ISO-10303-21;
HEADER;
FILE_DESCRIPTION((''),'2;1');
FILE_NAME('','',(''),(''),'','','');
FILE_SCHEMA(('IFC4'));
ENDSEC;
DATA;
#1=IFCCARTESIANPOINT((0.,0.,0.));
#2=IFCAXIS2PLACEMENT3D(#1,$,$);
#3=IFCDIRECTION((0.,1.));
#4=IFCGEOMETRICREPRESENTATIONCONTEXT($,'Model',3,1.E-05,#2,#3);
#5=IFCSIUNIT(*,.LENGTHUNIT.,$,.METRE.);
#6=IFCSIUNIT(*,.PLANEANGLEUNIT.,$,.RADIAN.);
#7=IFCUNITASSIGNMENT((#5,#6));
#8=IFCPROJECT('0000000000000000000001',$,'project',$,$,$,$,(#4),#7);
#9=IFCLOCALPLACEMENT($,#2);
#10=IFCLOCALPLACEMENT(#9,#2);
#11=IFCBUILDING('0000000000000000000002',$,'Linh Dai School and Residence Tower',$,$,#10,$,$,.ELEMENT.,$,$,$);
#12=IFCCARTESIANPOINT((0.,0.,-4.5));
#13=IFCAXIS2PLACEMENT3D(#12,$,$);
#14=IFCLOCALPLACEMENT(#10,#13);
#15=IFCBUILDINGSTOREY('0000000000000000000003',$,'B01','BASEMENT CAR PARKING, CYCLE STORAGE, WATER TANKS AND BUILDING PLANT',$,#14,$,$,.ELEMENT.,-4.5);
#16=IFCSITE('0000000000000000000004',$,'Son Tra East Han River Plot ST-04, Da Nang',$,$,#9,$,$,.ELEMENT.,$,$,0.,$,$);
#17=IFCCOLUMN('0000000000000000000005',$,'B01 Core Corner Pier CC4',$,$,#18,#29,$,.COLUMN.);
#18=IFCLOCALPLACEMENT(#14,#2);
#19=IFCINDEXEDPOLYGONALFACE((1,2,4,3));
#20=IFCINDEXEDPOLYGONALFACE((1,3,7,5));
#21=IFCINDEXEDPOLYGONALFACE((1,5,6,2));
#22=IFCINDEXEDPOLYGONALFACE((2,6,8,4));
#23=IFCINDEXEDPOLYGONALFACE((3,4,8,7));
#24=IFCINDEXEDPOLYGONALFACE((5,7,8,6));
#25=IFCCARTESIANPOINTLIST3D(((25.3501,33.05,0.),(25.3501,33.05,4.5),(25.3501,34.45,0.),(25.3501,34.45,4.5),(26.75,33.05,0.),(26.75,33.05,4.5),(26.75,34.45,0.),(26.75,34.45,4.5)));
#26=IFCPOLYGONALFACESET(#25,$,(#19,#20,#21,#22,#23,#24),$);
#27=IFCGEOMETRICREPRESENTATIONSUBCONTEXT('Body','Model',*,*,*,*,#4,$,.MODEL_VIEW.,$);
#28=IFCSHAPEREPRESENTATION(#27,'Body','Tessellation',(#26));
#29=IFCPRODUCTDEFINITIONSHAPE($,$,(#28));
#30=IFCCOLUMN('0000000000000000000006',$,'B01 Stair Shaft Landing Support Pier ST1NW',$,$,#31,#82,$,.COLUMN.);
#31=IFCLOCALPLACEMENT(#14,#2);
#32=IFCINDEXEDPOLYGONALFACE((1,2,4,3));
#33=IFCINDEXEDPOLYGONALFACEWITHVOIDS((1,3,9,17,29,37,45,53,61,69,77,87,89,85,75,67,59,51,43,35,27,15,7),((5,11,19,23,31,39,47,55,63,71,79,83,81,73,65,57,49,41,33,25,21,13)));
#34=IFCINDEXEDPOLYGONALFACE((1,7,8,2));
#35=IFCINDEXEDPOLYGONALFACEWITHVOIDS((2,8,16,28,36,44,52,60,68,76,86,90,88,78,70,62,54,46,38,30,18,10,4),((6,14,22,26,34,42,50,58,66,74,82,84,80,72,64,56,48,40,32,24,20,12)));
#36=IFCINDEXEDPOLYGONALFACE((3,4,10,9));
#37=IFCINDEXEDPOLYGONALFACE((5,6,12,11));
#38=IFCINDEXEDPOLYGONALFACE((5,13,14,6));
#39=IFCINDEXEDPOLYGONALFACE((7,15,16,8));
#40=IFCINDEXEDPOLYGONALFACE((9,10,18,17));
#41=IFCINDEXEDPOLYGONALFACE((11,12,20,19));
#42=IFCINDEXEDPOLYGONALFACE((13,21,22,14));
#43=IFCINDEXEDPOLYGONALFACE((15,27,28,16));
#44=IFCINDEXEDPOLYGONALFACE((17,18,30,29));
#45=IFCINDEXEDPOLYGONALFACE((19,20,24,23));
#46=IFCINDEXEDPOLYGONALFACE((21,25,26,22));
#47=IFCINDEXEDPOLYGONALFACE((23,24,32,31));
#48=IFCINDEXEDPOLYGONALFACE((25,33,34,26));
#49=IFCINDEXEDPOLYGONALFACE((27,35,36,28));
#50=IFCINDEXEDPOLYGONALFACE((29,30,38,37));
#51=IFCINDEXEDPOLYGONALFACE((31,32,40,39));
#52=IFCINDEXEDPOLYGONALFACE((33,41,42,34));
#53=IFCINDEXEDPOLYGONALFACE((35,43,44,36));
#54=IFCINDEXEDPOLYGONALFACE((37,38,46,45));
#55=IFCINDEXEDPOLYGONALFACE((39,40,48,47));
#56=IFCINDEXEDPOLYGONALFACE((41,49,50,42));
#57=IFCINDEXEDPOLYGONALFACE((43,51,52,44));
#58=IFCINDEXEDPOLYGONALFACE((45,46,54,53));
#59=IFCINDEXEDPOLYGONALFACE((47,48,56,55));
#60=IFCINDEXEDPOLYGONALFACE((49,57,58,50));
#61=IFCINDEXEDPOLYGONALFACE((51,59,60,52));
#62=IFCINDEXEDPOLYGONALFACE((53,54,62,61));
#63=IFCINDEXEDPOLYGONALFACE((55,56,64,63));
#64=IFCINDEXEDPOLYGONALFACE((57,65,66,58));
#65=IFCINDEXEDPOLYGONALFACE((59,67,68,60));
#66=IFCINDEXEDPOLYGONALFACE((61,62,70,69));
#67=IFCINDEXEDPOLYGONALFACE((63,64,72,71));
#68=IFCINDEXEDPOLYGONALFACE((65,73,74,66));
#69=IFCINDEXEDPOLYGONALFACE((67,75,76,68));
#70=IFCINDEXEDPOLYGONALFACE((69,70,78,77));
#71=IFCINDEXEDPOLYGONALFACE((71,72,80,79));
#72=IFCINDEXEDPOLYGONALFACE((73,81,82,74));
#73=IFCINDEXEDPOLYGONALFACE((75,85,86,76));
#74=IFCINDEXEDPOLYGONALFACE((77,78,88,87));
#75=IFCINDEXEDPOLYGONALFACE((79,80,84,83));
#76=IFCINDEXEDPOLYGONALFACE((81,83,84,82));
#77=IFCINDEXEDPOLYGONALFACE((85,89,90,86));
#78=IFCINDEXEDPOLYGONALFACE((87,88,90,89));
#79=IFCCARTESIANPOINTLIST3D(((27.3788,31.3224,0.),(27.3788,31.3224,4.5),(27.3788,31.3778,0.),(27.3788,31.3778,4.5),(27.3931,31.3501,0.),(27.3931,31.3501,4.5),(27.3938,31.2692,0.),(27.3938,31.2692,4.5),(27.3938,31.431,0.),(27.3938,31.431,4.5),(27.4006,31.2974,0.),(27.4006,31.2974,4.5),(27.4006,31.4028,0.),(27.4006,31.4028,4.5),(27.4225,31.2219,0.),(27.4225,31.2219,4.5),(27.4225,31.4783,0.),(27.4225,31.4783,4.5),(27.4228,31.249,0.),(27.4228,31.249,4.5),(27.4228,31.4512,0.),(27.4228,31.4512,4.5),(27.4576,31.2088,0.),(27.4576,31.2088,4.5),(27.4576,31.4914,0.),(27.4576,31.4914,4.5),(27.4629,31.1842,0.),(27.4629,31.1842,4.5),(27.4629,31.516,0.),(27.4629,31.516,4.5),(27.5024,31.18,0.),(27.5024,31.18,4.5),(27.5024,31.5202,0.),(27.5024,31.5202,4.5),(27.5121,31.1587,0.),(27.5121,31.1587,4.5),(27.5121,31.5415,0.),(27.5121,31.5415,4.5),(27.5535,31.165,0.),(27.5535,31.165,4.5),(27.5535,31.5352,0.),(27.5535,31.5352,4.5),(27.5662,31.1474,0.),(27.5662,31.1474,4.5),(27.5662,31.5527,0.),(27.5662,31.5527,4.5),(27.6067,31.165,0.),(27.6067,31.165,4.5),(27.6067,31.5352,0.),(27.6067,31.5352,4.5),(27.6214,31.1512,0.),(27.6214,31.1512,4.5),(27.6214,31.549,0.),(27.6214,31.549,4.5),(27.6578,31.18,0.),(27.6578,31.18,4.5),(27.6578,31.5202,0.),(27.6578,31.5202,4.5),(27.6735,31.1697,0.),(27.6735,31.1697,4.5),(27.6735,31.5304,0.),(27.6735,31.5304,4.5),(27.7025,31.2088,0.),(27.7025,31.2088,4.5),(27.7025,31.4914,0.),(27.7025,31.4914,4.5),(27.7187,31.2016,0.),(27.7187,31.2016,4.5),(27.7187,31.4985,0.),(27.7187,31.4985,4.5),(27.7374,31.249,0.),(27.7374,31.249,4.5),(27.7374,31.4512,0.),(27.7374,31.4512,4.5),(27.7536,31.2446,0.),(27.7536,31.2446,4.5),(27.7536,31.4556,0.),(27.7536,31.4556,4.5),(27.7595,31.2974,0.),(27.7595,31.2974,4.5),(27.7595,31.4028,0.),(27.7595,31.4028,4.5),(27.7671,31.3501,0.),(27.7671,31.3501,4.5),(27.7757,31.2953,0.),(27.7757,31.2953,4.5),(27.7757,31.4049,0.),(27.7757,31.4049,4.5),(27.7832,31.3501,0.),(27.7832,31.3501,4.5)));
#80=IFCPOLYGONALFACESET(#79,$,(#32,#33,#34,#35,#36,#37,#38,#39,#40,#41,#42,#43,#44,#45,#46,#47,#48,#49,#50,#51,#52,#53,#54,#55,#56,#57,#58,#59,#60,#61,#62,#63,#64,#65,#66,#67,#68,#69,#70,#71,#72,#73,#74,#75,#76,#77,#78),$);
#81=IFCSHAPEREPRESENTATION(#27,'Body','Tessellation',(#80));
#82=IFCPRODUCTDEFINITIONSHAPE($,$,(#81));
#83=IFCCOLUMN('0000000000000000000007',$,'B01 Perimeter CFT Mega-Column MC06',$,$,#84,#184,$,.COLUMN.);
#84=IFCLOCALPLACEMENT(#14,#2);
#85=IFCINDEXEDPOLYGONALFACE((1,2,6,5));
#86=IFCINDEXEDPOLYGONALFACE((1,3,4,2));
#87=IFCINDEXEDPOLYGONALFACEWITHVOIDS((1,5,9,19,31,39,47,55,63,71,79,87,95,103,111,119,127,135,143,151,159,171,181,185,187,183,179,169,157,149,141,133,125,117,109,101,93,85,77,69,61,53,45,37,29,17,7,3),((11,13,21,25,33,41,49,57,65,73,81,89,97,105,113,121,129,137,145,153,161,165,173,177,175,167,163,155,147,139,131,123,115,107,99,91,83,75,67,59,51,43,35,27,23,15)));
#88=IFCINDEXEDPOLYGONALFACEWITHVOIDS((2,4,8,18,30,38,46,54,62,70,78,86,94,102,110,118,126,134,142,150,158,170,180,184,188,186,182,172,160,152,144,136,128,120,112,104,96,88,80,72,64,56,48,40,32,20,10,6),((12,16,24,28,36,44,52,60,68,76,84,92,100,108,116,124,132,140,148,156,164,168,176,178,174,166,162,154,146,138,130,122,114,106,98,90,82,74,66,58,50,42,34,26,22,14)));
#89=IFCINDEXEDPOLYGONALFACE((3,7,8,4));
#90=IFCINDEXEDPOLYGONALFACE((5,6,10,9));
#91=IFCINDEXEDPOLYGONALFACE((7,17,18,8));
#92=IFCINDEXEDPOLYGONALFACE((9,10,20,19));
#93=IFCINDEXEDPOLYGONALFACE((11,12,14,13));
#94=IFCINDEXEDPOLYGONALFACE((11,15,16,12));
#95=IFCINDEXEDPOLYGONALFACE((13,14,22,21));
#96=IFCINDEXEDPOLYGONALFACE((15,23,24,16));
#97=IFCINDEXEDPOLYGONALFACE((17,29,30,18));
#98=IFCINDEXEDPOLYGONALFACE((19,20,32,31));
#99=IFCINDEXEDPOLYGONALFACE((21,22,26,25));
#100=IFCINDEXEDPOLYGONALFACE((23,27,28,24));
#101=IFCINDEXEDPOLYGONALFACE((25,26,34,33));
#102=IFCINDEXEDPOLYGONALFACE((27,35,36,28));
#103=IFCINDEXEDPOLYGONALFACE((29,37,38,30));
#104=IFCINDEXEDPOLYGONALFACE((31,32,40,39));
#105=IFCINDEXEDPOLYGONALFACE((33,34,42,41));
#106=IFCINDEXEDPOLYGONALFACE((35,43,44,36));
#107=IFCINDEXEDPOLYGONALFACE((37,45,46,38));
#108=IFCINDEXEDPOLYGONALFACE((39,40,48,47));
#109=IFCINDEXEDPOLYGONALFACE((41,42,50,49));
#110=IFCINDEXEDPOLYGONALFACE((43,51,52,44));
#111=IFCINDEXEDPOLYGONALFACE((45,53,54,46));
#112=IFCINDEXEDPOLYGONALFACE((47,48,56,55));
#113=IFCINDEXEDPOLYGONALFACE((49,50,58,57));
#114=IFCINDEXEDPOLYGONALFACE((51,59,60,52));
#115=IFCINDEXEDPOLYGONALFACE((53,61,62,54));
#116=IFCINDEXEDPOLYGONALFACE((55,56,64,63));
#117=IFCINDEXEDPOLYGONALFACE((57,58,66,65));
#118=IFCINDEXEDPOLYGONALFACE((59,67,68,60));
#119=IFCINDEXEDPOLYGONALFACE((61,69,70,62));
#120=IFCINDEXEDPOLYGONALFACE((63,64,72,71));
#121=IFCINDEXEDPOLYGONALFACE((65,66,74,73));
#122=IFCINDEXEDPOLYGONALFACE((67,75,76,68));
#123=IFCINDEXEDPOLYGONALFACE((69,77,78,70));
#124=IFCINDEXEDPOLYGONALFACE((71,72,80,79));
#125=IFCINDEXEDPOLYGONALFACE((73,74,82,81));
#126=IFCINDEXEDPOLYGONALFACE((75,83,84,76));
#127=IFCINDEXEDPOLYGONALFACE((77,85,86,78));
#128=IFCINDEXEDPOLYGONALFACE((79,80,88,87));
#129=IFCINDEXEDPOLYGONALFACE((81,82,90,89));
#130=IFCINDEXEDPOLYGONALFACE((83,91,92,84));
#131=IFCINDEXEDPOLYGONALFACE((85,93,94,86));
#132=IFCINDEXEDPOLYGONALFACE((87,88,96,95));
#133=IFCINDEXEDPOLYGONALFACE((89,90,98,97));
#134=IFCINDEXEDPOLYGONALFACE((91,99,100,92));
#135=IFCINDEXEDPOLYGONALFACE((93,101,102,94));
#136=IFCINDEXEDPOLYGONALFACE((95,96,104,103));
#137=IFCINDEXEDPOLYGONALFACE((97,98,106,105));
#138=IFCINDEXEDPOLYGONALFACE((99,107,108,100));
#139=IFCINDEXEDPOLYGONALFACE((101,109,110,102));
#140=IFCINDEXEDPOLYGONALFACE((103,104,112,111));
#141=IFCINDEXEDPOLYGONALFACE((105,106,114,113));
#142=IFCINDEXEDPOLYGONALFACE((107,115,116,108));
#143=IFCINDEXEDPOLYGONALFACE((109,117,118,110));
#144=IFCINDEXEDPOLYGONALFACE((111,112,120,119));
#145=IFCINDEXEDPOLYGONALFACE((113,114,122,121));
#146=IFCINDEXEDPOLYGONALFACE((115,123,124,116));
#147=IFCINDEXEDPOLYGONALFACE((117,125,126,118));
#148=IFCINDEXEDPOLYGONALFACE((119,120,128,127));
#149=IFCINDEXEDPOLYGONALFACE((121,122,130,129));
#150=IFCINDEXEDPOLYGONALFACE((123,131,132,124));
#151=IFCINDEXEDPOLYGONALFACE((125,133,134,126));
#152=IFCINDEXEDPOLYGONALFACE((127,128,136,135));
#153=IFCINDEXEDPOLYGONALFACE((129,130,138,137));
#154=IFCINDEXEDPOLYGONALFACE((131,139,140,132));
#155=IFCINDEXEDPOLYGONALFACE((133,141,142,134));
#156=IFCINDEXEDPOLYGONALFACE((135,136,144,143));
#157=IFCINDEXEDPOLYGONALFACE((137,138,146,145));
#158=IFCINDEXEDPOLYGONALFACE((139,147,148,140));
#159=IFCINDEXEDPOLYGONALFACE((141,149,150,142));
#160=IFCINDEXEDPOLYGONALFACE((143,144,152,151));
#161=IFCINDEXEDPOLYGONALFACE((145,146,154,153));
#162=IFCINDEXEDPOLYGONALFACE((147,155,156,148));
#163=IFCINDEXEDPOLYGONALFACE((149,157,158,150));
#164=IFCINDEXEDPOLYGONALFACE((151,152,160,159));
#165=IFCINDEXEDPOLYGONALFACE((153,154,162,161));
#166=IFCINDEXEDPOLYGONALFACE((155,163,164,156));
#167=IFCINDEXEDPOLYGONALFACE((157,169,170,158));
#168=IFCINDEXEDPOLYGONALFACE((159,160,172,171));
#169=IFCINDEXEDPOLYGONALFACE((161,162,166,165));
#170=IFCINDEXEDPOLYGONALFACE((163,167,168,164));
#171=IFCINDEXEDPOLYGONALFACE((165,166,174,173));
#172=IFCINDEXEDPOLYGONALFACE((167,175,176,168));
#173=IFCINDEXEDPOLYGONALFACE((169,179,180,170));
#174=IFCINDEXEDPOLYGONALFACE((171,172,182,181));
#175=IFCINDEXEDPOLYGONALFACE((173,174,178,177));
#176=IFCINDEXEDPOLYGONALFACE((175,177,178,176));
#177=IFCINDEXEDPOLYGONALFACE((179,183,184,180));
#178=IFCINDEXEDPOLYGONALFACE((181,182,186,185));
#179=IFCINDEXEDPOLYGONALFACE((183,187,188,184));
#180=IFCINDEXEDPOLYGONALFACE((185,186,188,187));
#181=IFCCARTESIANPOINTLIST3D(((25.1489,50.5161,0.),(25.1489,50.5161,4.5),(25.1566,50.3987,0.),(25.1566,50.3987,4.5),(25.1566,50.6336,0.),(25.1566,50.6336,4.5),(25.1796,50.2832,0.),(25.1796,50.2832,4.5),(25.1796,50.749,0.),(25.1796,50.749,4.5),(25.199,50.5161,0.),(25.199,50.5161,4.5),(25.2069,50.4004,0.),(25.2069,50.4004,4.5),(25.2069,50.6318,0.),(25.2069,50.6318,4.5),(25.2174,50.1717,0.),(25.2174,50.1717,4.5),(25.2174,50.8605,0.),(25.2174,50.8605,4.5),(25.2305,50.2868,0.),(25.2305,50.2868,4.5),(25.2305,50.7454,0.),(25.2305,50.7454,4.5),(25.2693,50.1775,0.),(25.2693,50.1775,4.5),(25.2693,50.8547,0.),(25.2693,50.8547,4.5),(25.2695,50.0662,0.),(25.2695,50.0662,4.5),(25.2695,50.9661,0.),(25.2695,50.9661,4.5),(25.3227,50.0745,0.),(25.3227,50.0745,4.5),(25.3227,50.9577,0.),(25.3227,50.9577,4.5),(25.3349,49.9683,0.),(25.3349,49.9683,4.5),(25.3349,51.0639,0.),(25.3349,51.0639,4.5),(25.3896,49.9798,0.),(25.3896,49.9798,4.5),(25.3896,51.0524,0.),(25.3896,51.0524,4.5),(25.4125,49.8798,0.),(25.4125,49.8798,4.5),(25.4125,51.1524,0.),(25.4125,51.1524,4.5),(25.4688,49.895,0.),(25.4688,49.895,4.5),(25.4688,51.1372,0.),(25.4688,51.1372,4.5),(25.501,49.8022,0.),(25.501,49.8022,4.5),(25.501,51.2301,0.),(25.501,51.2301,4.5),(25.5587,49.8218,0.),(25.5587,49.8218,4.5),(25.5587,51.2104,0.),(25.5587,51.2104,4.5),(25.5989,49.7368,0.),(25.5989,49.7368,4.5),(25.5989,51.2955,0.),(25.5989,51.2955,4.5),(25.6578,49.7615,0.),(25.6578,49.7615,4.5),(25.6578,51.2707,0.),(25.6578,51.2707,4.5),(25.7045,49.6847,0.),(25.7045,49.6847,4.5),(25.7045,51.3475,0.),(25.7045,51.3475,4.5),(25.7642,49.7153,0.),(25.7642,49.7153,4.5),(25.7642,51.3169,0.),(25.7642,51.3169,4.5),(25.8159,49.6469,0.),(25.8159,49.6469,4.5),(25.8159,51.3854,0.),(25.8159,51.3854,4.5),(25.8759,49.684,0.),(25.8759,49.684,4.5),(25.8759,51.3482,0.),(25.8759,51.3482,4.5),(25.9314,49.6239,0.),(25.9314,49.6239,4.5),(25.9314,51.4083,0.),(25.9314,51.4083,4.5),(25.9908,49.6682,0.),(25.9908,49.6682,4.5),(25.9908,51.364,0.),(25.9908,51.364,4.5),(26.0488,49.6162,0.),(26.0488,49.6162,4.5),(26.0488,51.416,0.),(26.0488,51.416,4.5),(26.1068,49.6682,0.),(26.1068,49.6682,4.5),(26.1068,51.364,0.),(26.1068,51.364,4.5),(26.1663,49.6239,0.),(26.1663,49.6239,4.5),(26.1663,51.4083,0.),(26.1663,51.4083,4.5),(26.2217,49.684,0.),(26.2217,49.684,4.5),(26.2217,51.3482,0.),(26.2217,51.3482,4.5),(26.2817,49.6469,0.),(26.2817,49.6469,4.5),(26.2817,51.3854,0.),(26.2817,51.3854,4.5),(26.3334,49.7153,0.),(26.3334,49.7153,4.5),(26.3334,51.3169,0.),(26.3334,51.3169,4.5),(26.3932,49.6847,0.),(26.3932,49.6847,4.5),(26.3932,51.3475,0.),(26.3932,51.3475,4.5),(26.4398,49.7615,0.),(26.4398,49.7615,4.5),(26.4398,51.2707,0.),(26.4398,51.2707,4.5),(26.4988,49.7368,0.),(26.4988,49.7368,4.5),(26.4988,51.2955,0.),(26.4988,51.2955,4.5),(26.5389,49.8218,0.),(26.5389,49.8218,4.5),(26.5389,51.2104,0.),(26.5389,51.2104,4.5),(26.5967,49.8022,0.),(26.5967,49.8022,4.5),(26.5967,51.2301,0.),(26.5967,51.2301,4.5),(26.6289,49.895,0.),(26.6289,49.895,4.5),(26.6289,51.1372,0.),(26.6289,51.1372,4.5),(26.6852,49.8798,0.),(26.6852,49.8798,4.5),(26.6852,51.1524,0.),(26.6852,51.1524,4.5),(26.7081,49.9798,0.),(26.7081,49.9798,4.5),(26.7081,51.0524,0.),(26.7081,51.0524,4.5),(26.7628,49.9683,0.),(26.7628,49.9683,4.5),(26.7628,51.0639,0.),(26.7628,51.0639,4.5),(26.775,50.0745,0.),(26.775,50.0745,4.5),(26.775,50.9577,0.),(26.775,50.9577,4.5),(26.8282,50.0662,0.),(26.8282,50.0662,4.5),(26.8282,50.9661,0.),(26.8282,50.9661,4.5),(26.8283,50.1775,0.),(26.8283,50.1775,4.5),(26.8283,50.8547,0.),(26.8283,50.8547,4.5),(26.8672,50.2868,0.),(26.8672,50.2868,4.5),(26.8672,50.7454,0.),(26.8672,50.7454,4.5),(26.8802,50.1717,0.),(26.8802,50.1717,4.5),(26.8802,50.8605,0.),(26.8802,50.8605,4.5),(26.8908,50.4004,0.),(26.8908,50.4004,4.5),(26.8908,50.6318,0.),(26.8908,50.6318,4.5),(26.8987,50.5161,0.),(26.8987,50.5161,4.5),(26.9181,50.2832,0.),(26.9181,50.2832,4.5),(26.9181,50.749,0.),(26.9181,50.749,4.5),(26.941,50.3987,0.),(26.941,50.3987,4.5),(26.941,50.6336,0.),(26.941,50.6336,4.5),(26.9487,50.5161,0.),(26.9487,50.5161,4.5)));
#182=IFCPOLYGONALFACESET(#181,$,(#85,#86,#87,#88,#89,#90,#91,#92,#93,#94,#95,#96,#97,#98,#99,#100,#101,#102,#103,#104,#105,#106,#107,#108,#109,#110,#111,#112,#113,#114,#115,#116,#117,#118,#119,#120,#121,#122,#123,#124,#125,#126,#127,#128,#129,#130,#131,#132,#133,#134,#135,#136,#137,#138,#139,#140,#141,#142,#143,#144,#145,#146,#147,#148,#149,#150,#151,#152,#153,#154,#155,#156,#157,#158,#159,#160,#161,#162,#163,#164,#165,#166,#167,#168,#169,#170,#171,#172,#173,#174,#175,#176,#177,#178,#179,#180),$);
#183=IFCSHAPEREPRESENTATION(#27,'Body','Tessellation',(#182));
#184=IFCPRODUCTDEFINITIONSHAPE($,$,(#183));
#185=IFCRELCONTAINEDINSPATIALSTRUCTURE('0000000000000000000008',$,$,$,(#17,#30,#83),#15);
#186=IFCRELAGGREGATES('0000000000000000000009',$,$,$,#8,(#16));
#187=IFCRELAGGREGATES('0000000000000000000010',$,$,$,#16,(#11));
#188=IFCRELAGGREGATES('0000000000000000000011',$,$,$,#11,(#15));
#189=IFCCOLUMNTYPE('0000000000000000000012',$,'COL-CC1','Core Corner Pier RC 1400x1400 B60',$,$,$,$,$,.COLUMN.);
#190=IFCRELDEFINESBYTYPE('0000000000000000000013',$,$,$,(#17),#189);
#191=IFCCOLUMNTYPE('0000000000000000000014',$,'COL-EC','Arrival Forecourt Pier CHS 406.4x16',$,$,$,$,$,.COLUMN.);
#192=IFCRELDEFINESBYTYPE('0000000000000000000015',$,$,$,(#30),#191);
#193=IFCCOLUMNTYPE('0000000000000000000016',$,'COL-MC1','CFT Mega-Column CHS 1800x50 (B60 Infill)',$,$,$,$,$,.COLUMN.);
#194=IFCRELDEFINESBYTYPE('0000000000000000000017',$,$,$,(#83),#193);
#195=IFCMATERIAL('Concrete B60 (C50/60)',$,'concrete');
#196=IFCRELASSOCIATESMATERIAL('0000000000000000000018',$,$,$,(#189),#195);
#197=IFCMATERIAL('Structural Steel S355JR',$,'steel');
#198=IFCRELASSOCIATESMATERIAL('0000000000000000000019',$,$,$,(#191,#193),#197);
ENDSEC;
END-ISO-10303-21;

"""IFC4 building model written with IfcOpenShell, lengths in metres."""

from ifc_helpers import new_model, si_unit, direction, frame, origin, origin_2d, place, context, subcontext, project, spatial, rectangle, hollow_circle, extrude, material, material_profile, profile_set, type_object, element, save


model = new_model("IFC4")

# Units and contexts
model_context = context("Model", 3, precision=1e-05, world=origin(), true_north=direction((0.0, 1.0)))
body_context = subcontext(model_context, "Body", "Model", "MODEL_VIEW")
ifc_project = project(units=[si_unit("LENGTHUNIT", "METRE"), si_unit("PLANEANGLEUNIT", "RADIAN")], contexts=[model_context])

# Site, building, storey
site_placement = place(None, origin())
site = spatial("IfcSite", under=ifc_project, at=site_placement, Name="Son Tra East Han River Plot ST-04, Da Nang", CompositionType="ELEMENT", RefElevation=0.0)
building_placement = place(site_placement, origin())
building = spatial("IfcBuilding", under=site, at=building_placement, Name="Linh Dai School and Residence Tower", CompositionType="ELEMENT")
storey_placement = place(building_placement, frame((0.0, 0.0, -4.5)))
storey = spatial("IfcBuildingStorey", under=building, at=storey_placement, Name="B01", Description="BASEMENT CAR PARKING, CYCLE STORAGE, WATER TANKS AND BUILDING PLANT", CompositionType="ELEMENT", Elevation=-4.5)

# Columns
ifc_material_1 = material(Name="Concrete B60 (C50/60)", Category="concrete")
ifc_material_profile_1 = material_profile(ifc_material_1, rectangle(XDim=1.3999, YDim=1.3999, at=origin_2d()), Name="RC 1400x1400")
ifc_profile_set_1 = profile_set([ifc_material_profile_1], Name="Concrete B60 (C50/60)")
column_type_1 = type_object("IfcColumnType", Name="COL-CC1", Description="Core Corner Pier RC 1400x1400 B60", PredefinedType="COLUMN", material=ifc_profile_set_1)
column_1_placement = place(storey_placement, frame((26.05, 33.75, 0.0), z_axis=(0.0, 0.0, 1.0), x_axis=(1.0, 0.0, 0.0)))
element("IfcColumn", 1, at=column_1_placement, inside=storey, type_object=column_type_1, Name="B01 Core Corner Pier CC4", PredefinedType="COLUMN", context=body_context, shape_type="SweptSolid", body=[
    extrude(rectangle(XDim=1.3999, YDim=1.3999, at=origin_2d()), origin(), (0.0, 0.0, 1.0), 4.5),
])
ifc_material_2 = material(Name="Structural Steel S355JR", Category="steel")
ifc_material_profile_2 = material_profile(ifc_material_2, hollow_circle(Radius=0.2031, WallThickness=0.0161, at=origin_2d()), Name="CHS 406.4x16")
ifc_profile_set_2 = profile_set([ifc_material_profile_2], Name="Structural Steel S355JR")
column_type_2 = type_object("IfcColumnType", Name="COL-EC", Description="Arrival Forecourt Pier CHS 406.4x16", PredefinedType="COLUMN", material=ifc_profile_set_2)
column_2_placement = place(storey_placement, frame((27.5801, 31.3501, 0.0), z_axis=(0.0, 0.0, 1.0), x_axis=(1.0, 0.0, 0.0)))
element("IfcColumn", 2, at=column_2_placement, inside=storey, type_object=column_type_2, Name="B01 Stair Shaft Landing Support Pier ST1NW", PredefinedType="COLUMN", context=body_context, shape_type="SweptSolid", body=[
    extrude(hollow_circle(Radius=0.2031, WallThickness=0.0161, at=origin_2d()), origin(), (0.0, 0.0, 1.0), 4.5),
])
ifc_material_profile_3 = material_profile(ifc_material_2, hollow_circle(Radius=0.8999, WallThickness=0.05, at=origin_2d()), Name="CHS 1800x50")
ifc_profile_set_3 = profile_set([ifc_material_profile_3], Name="Structural Steel S355JR")
column_type_3 = type_object("IfcColumnType", Name="COL-MC1", Description="CFT Mega-Column CHS 1800x50 (B60 Infill)", PredefinedType="COLUMN", material=ifc_profile_set_3)
for number, where, z_axis, x_axis, name in (
    (3, (26.0488, 50.5161, 0.0), (0.0, 0.0, 1.0), (1.0, 0.0, 0.0), "B01 Perimeter CFT Mega-Column MC06"),
):
    element("IfcColumn", number, at=place(storey_placement, frame(where, z_axis=z_axis, x_axis=x_axis)), inside=storey, type_object=column_type_3, Name=name, PredefinedType="COLUMN", context=body_context, shape_type="SweptSolid", body=[
        extrude(hollow_circle(Radius=0.8999, WallThickness=0.05, at=origin_2d()), origin(), (0.0, 0.0, 1.0), 4.5),
    ])

save(model, "model.ifc")
